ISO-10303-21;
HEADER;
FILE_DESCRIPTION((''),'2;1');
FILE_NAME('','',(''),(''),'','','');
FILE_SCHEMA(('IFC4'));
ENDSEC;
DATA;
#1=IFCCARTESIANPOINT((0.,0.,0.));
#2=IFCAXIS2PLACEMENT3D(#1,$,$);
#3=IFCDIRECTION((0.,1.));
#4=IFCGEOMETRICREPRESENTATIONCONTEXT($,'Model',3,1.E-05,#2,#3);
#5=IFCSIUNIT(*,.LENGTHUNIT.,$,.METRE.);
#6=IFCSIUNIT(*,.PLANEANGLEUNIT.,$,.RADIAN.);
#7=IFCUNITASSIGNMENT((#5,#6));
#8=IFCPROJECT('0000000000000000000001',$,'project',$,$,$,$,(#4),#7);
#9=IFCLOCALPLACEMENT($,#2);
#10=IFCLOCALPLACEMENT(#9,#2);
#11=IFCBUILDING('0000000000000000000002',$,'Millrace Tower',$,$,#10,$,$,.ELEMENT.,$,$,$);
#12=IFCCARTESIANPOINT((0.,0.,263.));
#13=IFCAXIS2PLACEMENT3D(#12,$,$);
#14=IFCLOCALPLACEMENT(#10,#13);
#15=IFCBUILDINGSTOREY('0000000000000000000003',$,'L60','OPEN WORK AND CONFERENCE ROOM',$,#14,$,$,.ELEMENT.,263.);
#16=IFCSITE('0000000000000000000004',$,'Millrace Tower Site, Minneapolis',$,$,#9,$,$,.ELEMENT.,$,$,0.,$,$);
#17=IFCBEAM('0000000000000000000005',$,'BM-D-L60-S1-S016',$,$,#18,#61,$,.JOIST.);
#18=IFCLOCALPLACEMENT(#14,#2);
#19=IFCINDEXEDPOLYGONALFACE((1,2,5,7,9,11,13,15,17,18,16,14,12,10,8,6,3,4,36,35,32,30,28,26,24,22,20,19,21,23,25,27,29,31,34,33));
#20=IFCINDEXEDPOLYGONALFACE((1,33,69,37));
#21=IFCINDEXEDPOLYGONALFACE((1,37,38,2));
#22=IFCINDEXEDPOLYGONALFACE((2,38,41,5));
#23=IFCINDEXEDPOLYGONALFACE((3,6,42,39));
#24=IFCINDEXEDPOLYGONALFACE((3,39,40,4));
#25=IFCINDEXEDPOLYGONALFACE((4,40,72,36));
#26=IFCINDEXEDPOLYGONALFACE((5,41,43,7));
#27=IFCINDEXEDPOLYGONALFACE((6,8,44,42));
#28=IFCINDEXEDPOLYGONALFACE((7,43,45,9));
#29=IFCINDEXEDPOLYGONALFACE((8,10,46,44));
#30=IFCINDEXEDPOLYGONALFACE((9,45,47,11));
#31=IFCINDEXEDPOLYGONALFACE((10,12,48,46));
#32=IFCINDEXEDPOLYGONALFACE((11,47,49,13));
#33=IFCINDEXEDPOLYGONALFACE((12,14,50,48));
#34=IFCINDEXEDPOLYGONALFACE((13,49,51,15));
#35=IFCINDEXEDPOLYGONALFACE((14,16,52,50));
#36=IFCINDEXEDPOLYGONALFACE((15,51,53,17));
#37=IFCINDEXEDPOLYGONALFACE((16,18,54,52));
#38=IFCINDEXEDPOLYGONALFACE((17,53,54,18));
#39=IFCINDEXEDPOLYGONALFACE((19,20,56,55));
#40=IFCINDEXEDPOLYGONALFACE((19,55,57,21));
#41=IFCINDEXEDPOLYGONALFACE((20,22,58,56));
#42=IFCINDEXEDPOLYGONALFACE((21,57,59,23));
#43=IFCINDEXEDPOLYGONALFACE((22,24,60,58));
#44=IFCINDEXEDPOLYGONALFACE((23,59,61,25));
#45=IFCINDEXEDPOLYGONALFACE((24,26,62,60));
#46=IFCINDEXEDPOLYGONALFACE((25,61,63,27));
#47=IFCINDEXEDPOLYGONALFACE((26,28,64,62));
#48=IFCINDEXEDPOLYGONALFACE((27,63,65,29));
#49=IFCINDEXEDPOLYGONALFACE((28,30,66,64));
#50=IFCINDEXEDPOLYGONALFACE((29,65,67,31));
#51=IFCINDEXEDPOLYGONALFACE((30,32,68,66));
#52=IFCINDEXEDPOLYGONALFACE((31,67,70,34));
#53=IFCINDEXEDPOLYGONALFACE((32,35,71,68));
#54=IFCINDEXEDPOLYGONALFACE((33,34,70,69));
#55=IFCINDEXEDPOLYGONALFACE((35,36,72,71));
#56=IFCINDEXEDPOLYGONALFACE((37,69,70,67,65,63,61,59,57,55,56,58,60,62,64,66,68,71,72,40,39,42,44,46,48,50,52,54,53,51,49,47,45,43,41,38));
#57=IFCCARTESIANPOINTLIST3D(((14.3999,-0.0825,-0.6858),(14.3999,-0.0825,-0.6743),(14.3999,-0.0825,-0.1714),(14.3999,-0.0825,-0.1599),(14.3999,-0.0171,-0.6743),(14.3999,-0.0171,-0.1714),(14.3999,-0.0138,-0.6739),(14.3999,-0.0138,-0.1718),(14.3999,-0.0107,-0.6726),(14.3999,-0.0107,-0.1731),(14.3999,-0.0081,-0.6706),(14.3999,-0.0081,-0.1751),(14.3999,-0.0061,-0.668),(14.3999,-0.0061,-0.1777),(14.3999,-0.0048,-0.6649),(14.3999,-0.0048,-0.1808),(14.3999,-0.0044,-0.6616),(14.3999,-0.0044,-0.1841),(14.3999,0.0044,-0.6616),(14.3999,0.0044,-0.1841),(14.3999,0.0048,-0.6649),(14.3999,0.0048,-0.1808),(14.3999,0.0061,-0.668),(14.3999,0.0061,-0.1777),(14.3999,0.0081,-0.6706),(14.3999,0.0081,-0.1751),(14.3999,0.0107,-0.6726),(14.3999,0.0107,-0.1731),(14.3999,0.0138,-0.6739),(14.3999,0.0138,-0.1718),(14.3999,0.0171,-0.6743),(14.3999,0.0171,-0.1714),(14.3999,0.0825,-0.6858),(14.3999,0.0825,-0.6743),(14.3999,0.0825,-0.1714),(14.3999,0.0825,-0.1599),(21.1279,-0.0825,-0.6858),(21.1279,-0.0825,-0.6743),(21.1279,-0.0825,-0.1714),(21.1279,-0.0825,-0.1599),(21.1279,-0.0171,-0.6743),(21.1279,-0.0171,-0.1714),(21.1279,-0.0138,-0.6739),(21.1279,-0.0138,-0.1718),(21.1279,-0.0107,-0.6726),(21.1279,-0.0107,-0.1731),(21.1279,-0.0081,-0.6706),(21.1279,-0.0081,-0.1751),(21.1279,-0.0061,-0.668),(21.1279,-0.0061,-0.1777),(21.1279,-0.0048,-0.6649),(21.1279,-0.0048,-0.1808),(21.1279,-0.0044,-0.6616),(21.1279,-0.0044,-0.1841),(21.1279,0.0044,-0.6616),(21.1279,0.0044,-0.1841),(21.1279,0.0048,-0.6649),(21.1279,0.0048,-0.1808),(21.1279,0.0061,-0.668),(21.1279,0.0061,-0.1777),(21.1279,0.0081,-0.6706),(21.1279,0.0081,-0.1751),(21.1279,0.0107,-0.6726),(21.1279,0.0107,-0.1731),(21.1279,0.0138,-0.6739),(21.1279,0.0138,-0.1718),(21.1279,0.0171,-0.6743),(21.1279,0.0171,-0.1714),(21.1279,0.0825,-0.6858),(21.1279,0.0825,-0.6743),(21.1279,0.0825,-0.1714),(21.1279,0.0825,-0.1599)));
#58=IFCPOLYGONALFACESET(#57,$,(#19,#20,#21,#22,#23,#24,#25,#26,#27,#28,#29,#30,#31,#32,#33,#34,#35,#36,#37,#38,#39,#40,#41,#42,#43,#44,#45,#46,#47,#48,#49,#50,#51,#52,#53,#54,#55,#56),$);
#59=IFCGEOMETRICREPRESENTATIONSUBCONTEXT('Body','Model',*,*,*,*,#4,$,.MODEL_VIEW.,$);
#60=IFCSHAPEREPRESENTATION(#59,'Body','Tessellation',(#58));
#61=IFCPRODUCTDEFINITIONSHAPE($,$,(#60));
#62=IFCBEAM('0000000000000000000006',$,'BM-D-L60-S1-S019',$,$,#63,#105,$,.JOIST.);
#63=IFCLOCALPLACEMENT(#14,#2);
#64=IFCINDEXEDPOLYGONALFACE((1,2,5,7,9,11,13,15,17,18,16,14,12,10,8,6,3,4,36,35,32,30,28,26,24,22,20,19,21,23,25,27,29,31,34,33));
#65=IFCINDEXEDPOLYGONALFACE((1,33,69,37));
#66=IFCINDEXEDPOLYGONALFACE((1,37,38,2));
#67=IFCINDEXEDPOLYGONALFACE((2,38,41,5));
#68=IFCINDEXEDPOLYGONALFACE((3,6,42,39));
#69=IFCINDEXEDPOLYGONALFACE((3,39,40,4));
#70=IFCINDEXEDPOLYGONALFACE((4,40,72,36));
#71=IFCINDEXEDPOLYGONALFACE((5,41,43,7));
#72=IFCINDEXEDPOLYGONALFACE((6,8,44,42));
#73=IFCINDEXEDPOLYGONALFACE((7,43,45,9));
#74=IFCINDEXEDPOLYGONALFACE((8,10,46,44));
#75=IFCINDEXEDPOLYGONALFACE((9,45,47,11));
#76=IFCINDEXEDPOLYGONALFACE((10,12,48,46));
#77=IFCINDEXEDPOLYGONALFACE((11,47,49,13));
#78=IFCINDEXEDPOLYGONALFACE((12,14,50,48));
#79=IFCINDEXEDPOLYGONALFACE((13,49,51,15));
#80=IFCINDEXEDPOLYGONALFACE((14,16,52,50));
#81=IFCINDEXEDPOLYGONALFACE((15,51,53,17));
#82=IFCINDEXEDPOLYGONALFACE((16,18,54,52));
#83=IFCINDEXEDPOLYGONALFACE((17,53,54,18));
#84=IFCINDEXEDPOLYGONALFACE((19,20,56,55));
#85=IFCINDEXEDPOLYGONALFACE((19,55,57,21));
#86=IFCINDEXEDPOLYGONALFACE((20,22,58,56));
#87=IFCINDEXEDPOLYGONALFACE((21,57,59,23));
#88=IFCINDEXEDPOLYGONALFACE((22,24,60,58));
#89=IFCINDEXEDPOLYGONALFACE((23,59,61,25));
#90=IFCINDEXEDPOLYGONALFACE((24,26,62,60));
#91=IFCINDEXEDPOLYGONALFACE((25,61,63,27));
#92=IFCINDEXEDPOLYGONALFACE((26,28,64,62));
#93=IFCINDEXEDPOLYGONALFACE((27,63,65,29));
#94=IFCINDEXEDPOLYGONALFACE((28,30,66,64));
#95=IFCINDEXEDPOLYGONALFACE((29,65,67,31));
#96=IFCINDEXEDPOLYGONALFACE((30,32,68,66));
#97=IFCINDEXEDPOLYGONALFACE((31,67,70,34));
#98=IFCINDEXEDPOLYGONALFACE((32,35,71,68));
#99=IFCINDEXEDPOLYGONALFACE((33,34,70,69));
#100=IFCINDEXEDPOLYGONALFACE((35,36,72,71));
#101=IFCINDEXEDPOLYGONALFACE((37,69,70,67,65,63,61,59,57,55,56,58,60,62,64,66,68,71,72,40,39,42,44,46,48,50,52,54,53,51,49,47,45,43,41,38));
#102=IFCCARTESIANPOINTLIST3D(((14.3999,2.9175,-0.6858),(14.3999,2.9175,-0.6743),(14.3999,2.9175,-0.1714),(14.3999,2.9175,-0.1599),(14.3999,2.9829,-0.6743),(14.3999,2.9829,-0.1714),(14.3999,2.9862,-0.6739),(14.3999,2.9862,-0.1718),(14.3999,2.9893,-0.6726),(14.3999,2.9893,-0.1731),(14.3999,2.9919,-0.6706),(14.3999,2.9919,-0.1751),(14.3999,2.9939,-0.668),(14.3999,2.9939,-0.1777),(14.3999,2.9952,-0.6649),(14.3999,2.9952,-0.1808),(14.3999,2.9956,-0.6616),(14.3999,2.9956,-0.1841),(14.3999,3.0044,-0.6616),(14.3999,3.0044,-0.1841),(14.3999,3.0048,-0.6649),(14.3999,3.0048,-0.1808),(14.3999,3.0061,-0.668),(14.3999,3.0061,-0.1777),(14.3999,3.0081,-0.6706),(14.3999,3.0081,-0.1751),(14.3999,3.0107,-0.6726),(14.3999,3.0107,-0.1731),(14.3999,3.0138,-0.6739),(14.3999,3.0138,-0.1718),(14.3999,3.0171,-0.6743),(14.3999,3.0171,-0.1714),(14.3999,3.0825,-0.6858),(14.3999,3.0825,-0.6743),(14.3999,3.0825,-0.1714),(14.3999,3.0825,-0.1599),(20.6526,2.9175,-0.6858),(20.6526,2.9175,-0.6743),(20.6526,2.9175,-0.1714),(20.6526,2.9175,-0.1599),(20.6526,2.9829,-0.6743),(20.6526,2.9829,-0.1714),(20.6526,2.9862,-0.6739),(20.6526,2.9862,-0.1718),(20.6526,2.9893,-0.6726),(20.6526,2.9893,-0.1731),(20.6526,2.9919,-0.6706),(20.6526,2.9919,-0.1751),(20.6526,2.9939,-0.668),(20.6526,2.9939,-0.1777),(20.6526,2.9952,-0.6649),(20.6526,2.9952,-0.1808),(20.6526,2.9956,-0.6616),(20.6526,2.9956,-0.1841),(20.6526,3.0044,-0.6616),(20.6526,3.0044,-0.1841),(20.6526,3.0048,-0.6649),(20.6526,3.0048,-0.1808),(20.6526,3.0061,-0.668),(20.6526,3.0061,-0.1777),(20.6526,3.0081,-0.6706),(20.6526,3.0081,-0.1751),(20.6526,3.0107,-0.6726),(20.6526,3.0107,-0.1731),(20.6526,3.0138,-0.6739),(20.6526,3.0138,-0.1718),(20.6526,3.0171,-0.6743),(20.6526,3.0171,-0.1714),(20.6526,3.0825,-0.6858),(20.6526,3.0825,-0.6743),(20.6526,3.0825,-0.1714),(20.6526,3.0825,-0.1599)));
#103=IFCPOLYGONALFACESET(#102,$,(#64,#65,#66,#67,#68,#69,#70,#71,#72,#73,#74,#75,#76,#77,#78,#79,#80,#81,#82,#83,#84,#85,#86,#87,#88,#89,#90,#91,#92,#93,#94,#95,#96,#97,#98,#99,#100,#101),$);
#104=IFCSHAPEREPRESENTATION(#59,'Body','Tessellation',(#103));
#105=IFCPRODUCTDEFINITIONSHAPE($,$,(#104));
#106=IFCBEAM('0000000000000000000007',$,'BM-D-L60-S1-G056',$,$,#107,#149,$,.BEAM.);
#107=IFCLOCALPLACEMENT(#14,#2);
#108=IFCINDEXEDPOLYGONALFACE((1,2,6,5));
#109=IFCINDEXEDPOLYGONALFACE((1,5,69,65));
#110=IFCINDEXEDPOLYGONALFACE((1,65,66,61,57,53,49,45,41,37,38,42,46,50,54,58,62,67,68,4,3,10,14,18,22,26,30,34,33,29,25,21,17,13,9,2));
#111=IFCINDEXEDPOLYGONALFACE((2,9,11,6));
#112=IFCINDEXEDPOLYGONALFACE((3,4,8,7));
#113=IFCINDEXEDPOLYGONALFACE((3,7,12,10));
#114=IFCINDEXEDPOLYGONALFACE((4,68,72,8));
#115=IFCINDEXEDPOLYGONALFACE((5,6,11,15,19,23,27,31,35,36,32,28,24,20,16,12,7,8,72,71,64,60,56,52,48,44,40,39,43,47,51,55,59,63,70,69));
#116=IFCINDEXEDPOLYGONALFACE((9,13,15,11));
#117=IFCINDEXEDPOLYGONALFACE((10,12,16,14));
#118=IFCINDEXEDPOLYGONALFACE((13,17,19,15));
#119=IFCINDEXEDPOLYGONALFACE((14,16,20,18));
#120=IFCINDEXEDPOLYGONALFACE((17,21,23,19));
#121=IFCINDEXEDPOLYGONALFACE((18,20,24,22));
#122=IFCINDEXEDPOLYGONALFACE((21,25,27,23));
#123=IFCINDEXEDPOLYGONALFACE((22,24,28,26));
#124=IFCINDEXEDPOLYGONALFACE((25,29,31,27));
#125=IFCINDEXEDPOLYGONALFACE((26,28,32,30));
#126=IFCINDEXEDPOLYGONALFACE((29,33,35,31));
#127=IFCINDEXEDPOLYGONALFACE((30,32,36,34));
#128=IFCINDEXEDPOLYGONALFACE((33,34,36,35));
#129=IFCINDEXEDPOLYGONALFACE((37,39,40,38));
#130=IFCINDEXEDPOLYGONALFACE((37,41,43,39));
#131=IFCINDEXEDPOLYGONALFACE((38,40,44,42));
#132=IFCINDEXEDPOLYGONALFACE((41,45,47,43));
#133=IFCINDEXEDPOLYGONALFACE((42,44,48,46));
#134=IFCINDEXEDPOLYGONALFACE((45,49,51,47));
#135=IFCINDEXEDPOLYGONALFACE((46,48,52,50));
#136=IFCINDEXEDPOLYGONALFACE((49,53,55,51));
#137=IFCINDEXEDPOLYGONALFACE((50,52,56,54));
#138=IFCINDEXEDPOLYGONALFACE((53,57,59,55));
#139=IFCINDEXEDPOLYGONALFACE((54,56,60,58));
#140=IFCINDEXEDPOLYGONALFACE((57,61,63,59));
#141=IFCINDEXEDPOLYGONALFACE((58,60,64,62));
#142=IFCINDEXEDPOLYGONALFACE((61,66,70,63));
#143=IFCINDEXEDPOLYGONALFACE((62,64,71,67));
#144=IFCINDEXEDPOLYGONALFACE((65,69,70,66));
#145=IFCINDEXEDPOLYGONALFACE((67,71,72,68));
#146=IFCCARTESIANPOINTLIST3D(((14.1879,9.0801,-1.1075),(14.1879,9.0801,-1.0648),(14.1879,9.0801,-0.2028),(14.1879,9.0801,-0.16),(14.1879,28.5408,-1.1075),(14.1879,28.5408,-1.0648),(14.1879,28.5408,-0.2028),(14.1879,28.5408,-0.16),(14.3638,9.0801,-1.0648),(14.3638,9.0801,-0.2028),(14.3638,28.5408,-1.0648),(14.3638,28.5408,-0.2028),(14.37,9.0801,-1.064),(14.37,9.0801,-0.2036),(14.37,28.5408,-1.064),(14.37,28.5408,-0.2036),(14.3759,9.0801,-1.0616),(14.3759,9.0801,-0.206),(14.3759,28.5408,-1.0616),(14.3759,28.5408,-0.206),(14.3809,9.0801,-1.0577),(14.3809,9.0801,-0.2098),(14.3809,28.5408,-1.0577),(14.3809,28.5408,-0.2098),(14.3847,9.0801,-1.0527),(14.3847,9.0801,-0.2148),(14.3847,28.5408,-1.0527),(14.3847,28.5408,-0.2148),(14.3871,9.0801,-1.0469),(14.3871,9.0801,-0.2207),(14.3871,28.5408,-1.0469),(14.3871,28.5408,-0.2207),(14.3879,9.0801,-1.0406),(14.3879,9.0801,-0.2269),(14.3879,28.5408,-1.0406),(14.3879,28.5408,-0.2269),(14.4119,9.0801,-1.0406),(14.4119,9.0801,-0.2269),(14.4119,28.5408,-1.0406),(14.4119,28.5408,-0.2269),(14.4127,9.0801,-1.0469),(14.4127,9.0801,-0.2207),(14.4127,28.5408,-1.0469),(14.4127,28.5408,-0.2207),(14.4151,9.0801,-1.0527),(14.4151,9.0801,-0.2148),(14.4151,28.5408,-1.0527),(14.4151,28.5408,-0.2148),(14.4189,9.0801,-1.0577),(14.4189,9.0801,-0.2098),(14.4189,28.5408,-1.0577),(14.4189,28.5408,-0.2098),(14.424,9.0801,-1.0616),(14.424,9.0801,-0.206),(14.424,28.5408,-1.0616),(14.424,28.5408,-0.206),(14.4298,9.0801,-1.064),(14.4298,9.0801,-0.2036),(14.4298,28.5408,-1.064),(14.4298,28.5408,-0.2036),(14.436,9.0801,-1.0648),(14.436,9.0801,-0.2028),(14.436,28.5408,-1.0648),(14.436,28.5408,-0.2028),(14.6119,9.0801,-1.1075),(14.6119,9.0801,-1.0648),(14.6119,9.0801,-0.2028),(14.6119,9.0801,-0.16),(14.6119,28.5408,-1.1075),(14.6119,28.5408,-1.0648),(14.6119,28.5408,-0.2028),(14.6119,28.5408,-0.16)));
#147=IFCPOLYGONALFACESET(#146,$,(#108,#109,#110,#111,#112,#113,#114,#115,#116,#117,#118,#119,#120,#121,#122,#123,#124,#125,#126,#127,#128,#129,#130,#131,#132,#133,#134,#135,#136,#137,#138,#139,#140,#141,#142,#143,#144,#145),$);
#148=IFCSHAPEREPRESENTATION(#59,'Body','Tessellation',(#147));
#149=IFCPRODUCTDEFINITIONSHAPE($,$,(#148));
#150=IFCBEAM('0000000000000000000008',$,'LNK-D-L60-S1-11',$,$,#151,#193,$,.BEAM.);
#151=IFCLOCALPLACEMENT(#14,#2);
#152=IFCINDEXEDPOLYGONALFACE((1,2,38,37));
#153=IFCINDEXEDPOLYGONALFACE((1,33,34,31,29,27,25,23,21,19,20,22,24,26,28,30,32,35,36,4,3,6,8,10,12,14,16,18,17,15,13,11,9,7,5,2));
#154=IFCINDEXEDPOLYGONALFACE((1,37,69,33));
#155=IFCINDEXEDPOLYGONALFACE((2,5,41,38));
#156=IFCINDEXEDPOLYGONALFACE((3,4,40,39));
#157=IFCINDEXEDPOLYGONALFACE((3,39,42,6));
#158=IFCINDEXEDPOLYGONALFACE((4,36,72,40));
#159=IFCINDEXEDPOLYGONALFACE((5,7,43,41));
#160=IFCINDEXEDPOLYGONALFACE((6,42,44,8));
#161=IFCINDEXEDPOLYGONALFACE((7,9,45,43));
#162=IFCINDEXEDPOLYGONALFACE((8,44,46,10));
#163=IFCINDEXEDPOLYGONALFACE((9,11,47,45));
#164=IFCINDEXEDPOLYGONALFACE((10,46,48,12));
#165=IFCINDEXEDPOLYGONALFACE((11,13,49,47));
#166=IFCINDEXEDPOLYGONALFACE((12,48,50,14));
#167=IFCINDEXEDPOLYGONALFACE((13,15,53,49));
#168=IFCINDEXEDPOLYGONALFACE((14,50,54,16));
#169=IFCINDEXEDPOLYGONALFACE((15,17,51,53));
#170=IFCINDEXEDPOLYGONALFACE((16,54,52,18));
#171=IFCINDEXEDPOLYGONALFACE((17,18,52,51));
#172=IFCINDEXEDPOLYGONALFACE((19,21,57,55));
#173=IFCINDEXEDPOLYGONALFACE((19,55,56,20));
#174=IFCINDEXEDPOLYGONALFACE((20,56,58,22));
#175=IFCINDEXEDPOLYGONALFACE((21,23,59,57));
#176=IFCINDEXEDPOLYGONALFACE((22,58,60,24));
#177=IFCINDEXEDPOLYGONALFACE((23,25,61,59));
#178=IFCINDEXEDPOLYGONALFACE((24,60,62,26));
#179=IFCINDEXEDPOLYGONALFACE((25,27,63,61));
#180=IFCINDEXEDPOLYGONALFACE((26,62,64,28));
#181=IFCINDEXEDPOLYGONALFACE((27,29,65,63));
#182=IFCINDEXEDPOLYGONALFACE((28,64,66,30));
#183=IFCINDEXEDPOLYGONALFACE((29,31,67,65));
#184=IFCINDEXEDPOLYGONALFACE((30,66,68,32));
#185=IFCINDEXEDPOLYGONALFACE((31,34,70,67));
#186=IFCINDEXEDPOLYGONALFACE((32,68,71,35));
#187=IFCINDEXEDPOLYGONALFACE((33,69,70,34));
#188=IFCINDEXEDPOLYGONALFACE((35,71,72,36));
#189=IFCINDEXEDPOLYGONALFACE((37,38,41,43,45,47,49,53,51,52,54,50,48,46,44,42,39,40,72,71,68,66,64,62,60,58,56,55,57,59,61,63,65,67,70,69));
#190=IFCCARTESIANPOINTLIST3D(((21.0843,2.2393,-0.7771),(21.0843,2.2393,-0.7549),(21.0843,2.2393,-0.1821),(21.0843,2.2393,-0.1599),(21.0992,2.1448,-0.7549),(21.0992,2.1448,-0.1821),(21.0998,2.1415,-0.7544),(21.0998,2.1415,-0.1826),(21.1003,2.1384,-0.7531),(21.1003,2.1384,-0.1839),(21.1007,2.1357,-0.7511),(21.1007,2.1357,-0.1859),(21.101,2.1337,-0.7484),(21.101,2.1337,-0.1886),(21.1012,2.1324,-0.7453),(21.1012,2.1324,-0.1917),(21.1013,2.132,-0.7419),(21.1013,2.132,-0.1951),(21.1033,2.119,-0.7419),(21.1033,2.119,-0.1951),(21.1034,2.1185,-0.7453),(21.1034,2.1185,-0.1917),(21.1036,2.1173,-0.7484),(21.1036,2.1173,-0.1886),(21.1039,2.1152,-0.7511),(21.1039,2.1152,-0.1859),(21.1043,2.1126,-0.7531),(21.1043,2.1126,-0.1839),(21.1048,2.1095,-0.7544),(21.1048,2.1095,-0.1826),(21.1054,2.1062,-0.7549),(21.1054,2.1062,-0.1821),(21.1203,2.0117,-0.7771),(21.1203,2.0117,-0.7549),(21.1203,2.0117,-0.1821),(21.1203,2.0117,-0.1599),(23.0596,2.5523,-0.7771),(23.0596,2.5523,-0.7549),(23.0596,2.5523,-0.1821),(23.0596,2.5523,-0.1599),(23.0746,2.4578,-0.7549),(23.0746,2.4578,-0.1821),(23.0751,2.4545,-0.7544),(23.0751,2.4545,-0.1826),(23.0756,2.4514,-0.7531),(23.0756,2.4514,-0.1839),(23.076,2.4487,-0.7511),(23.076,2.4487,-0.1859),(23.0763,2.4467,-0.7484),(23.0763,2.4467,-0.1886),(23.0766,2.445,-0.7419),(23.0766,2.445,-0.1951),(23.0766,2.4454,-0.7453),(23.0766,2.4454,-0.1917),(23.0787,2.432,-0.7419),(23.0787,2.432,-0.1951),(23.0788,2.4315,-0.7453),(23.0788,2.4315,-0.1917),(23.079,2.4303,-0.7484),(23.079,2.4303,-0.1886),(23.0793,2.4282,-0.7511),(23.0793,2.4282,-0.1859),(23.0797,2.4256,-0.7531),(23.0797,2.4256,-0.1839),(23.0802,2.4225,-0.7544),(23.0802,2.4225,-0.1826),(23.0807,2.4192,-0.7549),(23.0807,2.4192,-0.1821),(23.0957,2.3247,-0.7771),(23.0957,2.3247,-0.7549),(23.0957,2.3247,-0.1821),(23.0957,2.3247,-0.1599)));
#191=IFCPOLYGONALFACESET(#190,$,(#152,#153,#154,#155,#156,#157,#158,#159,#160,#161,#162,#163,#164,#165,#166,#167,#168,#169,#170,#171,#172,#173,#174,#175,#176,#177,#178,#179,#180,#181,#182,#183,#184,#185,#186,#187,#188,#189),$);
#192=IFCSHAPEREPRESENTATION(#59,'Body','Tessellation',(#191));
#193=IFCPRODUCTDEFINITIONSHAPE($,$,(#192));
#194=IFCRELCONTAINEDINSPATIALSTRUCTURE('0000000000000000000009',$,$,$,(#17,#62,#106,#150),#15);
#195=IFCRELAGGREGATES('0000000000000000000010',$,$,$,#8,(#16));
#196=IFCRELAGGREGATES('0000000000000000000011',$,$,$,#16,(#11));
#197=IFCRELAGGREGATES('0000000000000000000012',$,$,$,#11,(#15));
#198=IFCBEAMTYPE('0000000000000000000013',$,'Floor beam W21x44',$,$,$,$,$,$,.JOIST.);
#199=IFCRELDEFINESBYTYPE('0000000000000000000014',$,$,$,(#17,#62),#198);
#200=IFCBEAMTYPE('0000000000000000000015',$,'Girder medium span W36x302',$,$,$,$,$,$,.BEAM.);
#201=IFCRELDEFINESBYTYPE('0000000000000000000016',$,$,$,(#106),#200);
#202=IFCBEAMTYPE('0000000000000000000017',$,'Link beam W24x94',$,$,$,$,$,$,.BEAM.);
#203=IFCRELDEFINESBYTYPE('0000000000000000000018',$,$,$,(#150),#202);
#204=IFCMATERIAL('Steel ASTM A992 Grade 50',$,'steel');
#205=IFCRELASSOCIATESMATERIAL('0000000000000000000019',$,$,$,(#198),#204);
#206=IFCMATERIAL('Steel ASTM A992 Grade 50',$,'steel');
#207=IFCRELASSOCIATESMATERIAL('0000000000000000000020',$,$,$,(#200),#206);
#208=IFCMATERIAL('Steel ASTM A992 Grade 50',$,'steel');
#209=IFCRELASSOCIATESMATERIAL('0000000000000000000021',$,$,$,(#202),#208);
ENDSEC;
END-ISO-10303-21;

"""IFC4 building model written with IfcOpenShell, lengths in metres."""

from ifc_helpers import new_model, si_unit, direction, frame, origin, origin_2d, place, context, subcontext, project, spatial, i_section, extrude, material, material_profile, profile_set, type_object, element, save


model = new_model("IFC4")

# Units and contexts
model_context = context("Model", 3, precision=1e-05, world=origin(), true_north=direction((0.0, 1.0)))
body_context = subcontext(model_context, "Body", "Model", "MODEL_VIEW")
ifc_project = project(units=[si_unit("LENGTHUNIT", "METRE"), si_unit("PLANEANGLEUNIT", "RADIAN")], contexts=[model_context])

# Site, building, storey
site_placement = place(None, origin())
site = spatial("IfcSite", under=ifc_project, at=site_placement, Name="Millrace Tower Site, Minneapolis", CompositionType="ELEMENT", RefElevation=0.0)
building_placement = place(site_placement, origin())
building = spatial("IfcBuilding", under=site, at=building_placement, Name="Millrace Tower", CompositionType="ELEMENT")
storey_placement = place(building_placement, frame((0.0, 0.0, 263.0)))
storey = spatial("IfcBuildingStorey", under=building, at=storey_placement, Name="L60", Description="OPEN WORK AND CONFERENCE ROOM", CompositionType="ELEMENT", Elevation=263.0)

# Beams
ifc_material_1 = material(Name="Steel ASTM A992 Grade 50", Category="steel")
ifc_material_profile_1 = material_profile(ifc_material_1, i_section(OverallWidth=0.165, OverallDepth=0.5259, WebThickness=0.0088, FlangeThickness=0.0115, FilletRadius=0.0127, at=origin_2d()))
ifc_profile_set_1 = profile_set([ifc_material_profile_1], Name="Steel ASTM A992 Grade 50")
beam_type_1 = type_object("IfcBeamType", Name="Floor beam W21x44", PredefinedType="JOIST", material=ifc_profile_set_1)
beam_1_placement = place(storey_placement, frame((14.3999, 0.0, -0.4229), z_axis=(1.0, 0.0, 0.0), x_axis=(0.0, 1.0, 0.0)))
element("IfcBeam", 1, at=beam_1_placement, inside=storey, type_object=beam_type_1, Name="BM-D-L60-S1-S016", PredefinedType="JOIST", context=body_context, shape_type="SweptSolid", body=[
    extrude(i_section(OverallWidth=0.165, OverallDepth=0.5259, WebThickness=0.0088, FlangeThickness=0.0115, FilletRadius=0.0127, at=origin_2d()), origin(), (0.0, 0.0, 1.0), 6.728),
])
beam_2_placement = place(storey_placement, frame((14.3999, 3.0, -0.4229), z_axis=(1.0, 0.0, 0.0), x_axis=(0.0, 1.0, 0.0)))
element("IfcBeam", 2, at=beam_2_placement, inside=storey, type_object=beam_type_1, Name="BM-D-L60-S1-S019", PredefinedType="JOIST", context=body_context, shape_type="SweptSolid", body=[
    extrude(i_section(OverallWidth=0.165, OverallDepth=0.5259, WebThickness=0.0088, FlangeThickness=0.0115, FilletRadius=0.0127, at=origin_2d()), origin(), (0.0, 0.0, 1.0), 6.2527),
])
ifc_material_2 = material(Name="Steel ASTM A992 Grade 50", Category="steel")
ifc_material_profile_2 = material_profile(ifc_material_2, i_section(OverallWidth=0.4241, OverallDepth=0.9475, WebThickness=0.0239, FlangeThickness=0.0427, FilletRadius=0.0242, at=origin_2d()))
ifc_profile_set_2 = profile_set([ifc_material_profile_2], Name="Steel ASTM A992 Grade 50")
beam_type_2 = type_object("IfcBeamType", Name="Girder medium span W36x302", PredefinedType="BEAM", material=ifc_profile_set_2)
beam_3_placement = place(storey_placement, frame((14.3999, 9.0801, -0.6338), z_axis=(0.0, 1.0, 0.0), x_axis=(-1.0, 0.0, 0.0)))
element("IfcBeam", 3, at=beam_3_placement, inside=storey, type_object=beam_type_2, Name="BM-D-L60-S1-G056", PredefinedType="BEAM", context=body_context, shape_type="SweptSolid", body=[
    extrude(i_section(OverallWidth=0.4241, OverallDepth=0.9475, WebThickness=0.0239, FlangeThickness=0.0427, FilletRadius=0.0242, at=origin_2d()), origin(), (0.0, 0.0, 1.0), 19.4607),
])
ifc_material_3 = material(Name="Steel ASTM A992 Grade 50", Category="steel")
ifc_material_profile_3 = material_profile(ifc_material_3, i_section(OverallWidth=0.2305, OverallDepth=0.6172, WebThickness=0.0132, FlangeThickness=0.0222, FilletRadius=0.0129, at=origin_2d()))
ifc_profile_set_3 = profile_set([ifc_material_profile_3], Name="Steel ASTM A992 Grade 50")
beam_type_3 = type_object("IfcBeamType", Name="Link beam W24x94", PredefinedType="BEAM", material=ifc_profile_set_3)
beam_4_placement = place(storey_placement, frame((21.1023, 2.1255, -0.4685), z_axis=(0.987679, 0.156495, 0.0), x_axis=(-0.156495, 0.987679, 0.0)))
element("IfcBeam", 4, at=beam_4_placement, inside=storey, type_object=beam_type_3, Name="LNK-D-L60-S1-11", PredefinedType="BEAM", context=body_context, shape_type="SweptSolid", body=[
    extrude(i_section(OverallWidth=0.2305, OverallDepth=0.6172, WebThickness=0.0132, FlangeThickness=0.0222, FilletRadius=0.0129, at=origin_2d()), origin(), (0.0, 0.0, 1.0), 2.0),
])

save(model, "model.ifc")
